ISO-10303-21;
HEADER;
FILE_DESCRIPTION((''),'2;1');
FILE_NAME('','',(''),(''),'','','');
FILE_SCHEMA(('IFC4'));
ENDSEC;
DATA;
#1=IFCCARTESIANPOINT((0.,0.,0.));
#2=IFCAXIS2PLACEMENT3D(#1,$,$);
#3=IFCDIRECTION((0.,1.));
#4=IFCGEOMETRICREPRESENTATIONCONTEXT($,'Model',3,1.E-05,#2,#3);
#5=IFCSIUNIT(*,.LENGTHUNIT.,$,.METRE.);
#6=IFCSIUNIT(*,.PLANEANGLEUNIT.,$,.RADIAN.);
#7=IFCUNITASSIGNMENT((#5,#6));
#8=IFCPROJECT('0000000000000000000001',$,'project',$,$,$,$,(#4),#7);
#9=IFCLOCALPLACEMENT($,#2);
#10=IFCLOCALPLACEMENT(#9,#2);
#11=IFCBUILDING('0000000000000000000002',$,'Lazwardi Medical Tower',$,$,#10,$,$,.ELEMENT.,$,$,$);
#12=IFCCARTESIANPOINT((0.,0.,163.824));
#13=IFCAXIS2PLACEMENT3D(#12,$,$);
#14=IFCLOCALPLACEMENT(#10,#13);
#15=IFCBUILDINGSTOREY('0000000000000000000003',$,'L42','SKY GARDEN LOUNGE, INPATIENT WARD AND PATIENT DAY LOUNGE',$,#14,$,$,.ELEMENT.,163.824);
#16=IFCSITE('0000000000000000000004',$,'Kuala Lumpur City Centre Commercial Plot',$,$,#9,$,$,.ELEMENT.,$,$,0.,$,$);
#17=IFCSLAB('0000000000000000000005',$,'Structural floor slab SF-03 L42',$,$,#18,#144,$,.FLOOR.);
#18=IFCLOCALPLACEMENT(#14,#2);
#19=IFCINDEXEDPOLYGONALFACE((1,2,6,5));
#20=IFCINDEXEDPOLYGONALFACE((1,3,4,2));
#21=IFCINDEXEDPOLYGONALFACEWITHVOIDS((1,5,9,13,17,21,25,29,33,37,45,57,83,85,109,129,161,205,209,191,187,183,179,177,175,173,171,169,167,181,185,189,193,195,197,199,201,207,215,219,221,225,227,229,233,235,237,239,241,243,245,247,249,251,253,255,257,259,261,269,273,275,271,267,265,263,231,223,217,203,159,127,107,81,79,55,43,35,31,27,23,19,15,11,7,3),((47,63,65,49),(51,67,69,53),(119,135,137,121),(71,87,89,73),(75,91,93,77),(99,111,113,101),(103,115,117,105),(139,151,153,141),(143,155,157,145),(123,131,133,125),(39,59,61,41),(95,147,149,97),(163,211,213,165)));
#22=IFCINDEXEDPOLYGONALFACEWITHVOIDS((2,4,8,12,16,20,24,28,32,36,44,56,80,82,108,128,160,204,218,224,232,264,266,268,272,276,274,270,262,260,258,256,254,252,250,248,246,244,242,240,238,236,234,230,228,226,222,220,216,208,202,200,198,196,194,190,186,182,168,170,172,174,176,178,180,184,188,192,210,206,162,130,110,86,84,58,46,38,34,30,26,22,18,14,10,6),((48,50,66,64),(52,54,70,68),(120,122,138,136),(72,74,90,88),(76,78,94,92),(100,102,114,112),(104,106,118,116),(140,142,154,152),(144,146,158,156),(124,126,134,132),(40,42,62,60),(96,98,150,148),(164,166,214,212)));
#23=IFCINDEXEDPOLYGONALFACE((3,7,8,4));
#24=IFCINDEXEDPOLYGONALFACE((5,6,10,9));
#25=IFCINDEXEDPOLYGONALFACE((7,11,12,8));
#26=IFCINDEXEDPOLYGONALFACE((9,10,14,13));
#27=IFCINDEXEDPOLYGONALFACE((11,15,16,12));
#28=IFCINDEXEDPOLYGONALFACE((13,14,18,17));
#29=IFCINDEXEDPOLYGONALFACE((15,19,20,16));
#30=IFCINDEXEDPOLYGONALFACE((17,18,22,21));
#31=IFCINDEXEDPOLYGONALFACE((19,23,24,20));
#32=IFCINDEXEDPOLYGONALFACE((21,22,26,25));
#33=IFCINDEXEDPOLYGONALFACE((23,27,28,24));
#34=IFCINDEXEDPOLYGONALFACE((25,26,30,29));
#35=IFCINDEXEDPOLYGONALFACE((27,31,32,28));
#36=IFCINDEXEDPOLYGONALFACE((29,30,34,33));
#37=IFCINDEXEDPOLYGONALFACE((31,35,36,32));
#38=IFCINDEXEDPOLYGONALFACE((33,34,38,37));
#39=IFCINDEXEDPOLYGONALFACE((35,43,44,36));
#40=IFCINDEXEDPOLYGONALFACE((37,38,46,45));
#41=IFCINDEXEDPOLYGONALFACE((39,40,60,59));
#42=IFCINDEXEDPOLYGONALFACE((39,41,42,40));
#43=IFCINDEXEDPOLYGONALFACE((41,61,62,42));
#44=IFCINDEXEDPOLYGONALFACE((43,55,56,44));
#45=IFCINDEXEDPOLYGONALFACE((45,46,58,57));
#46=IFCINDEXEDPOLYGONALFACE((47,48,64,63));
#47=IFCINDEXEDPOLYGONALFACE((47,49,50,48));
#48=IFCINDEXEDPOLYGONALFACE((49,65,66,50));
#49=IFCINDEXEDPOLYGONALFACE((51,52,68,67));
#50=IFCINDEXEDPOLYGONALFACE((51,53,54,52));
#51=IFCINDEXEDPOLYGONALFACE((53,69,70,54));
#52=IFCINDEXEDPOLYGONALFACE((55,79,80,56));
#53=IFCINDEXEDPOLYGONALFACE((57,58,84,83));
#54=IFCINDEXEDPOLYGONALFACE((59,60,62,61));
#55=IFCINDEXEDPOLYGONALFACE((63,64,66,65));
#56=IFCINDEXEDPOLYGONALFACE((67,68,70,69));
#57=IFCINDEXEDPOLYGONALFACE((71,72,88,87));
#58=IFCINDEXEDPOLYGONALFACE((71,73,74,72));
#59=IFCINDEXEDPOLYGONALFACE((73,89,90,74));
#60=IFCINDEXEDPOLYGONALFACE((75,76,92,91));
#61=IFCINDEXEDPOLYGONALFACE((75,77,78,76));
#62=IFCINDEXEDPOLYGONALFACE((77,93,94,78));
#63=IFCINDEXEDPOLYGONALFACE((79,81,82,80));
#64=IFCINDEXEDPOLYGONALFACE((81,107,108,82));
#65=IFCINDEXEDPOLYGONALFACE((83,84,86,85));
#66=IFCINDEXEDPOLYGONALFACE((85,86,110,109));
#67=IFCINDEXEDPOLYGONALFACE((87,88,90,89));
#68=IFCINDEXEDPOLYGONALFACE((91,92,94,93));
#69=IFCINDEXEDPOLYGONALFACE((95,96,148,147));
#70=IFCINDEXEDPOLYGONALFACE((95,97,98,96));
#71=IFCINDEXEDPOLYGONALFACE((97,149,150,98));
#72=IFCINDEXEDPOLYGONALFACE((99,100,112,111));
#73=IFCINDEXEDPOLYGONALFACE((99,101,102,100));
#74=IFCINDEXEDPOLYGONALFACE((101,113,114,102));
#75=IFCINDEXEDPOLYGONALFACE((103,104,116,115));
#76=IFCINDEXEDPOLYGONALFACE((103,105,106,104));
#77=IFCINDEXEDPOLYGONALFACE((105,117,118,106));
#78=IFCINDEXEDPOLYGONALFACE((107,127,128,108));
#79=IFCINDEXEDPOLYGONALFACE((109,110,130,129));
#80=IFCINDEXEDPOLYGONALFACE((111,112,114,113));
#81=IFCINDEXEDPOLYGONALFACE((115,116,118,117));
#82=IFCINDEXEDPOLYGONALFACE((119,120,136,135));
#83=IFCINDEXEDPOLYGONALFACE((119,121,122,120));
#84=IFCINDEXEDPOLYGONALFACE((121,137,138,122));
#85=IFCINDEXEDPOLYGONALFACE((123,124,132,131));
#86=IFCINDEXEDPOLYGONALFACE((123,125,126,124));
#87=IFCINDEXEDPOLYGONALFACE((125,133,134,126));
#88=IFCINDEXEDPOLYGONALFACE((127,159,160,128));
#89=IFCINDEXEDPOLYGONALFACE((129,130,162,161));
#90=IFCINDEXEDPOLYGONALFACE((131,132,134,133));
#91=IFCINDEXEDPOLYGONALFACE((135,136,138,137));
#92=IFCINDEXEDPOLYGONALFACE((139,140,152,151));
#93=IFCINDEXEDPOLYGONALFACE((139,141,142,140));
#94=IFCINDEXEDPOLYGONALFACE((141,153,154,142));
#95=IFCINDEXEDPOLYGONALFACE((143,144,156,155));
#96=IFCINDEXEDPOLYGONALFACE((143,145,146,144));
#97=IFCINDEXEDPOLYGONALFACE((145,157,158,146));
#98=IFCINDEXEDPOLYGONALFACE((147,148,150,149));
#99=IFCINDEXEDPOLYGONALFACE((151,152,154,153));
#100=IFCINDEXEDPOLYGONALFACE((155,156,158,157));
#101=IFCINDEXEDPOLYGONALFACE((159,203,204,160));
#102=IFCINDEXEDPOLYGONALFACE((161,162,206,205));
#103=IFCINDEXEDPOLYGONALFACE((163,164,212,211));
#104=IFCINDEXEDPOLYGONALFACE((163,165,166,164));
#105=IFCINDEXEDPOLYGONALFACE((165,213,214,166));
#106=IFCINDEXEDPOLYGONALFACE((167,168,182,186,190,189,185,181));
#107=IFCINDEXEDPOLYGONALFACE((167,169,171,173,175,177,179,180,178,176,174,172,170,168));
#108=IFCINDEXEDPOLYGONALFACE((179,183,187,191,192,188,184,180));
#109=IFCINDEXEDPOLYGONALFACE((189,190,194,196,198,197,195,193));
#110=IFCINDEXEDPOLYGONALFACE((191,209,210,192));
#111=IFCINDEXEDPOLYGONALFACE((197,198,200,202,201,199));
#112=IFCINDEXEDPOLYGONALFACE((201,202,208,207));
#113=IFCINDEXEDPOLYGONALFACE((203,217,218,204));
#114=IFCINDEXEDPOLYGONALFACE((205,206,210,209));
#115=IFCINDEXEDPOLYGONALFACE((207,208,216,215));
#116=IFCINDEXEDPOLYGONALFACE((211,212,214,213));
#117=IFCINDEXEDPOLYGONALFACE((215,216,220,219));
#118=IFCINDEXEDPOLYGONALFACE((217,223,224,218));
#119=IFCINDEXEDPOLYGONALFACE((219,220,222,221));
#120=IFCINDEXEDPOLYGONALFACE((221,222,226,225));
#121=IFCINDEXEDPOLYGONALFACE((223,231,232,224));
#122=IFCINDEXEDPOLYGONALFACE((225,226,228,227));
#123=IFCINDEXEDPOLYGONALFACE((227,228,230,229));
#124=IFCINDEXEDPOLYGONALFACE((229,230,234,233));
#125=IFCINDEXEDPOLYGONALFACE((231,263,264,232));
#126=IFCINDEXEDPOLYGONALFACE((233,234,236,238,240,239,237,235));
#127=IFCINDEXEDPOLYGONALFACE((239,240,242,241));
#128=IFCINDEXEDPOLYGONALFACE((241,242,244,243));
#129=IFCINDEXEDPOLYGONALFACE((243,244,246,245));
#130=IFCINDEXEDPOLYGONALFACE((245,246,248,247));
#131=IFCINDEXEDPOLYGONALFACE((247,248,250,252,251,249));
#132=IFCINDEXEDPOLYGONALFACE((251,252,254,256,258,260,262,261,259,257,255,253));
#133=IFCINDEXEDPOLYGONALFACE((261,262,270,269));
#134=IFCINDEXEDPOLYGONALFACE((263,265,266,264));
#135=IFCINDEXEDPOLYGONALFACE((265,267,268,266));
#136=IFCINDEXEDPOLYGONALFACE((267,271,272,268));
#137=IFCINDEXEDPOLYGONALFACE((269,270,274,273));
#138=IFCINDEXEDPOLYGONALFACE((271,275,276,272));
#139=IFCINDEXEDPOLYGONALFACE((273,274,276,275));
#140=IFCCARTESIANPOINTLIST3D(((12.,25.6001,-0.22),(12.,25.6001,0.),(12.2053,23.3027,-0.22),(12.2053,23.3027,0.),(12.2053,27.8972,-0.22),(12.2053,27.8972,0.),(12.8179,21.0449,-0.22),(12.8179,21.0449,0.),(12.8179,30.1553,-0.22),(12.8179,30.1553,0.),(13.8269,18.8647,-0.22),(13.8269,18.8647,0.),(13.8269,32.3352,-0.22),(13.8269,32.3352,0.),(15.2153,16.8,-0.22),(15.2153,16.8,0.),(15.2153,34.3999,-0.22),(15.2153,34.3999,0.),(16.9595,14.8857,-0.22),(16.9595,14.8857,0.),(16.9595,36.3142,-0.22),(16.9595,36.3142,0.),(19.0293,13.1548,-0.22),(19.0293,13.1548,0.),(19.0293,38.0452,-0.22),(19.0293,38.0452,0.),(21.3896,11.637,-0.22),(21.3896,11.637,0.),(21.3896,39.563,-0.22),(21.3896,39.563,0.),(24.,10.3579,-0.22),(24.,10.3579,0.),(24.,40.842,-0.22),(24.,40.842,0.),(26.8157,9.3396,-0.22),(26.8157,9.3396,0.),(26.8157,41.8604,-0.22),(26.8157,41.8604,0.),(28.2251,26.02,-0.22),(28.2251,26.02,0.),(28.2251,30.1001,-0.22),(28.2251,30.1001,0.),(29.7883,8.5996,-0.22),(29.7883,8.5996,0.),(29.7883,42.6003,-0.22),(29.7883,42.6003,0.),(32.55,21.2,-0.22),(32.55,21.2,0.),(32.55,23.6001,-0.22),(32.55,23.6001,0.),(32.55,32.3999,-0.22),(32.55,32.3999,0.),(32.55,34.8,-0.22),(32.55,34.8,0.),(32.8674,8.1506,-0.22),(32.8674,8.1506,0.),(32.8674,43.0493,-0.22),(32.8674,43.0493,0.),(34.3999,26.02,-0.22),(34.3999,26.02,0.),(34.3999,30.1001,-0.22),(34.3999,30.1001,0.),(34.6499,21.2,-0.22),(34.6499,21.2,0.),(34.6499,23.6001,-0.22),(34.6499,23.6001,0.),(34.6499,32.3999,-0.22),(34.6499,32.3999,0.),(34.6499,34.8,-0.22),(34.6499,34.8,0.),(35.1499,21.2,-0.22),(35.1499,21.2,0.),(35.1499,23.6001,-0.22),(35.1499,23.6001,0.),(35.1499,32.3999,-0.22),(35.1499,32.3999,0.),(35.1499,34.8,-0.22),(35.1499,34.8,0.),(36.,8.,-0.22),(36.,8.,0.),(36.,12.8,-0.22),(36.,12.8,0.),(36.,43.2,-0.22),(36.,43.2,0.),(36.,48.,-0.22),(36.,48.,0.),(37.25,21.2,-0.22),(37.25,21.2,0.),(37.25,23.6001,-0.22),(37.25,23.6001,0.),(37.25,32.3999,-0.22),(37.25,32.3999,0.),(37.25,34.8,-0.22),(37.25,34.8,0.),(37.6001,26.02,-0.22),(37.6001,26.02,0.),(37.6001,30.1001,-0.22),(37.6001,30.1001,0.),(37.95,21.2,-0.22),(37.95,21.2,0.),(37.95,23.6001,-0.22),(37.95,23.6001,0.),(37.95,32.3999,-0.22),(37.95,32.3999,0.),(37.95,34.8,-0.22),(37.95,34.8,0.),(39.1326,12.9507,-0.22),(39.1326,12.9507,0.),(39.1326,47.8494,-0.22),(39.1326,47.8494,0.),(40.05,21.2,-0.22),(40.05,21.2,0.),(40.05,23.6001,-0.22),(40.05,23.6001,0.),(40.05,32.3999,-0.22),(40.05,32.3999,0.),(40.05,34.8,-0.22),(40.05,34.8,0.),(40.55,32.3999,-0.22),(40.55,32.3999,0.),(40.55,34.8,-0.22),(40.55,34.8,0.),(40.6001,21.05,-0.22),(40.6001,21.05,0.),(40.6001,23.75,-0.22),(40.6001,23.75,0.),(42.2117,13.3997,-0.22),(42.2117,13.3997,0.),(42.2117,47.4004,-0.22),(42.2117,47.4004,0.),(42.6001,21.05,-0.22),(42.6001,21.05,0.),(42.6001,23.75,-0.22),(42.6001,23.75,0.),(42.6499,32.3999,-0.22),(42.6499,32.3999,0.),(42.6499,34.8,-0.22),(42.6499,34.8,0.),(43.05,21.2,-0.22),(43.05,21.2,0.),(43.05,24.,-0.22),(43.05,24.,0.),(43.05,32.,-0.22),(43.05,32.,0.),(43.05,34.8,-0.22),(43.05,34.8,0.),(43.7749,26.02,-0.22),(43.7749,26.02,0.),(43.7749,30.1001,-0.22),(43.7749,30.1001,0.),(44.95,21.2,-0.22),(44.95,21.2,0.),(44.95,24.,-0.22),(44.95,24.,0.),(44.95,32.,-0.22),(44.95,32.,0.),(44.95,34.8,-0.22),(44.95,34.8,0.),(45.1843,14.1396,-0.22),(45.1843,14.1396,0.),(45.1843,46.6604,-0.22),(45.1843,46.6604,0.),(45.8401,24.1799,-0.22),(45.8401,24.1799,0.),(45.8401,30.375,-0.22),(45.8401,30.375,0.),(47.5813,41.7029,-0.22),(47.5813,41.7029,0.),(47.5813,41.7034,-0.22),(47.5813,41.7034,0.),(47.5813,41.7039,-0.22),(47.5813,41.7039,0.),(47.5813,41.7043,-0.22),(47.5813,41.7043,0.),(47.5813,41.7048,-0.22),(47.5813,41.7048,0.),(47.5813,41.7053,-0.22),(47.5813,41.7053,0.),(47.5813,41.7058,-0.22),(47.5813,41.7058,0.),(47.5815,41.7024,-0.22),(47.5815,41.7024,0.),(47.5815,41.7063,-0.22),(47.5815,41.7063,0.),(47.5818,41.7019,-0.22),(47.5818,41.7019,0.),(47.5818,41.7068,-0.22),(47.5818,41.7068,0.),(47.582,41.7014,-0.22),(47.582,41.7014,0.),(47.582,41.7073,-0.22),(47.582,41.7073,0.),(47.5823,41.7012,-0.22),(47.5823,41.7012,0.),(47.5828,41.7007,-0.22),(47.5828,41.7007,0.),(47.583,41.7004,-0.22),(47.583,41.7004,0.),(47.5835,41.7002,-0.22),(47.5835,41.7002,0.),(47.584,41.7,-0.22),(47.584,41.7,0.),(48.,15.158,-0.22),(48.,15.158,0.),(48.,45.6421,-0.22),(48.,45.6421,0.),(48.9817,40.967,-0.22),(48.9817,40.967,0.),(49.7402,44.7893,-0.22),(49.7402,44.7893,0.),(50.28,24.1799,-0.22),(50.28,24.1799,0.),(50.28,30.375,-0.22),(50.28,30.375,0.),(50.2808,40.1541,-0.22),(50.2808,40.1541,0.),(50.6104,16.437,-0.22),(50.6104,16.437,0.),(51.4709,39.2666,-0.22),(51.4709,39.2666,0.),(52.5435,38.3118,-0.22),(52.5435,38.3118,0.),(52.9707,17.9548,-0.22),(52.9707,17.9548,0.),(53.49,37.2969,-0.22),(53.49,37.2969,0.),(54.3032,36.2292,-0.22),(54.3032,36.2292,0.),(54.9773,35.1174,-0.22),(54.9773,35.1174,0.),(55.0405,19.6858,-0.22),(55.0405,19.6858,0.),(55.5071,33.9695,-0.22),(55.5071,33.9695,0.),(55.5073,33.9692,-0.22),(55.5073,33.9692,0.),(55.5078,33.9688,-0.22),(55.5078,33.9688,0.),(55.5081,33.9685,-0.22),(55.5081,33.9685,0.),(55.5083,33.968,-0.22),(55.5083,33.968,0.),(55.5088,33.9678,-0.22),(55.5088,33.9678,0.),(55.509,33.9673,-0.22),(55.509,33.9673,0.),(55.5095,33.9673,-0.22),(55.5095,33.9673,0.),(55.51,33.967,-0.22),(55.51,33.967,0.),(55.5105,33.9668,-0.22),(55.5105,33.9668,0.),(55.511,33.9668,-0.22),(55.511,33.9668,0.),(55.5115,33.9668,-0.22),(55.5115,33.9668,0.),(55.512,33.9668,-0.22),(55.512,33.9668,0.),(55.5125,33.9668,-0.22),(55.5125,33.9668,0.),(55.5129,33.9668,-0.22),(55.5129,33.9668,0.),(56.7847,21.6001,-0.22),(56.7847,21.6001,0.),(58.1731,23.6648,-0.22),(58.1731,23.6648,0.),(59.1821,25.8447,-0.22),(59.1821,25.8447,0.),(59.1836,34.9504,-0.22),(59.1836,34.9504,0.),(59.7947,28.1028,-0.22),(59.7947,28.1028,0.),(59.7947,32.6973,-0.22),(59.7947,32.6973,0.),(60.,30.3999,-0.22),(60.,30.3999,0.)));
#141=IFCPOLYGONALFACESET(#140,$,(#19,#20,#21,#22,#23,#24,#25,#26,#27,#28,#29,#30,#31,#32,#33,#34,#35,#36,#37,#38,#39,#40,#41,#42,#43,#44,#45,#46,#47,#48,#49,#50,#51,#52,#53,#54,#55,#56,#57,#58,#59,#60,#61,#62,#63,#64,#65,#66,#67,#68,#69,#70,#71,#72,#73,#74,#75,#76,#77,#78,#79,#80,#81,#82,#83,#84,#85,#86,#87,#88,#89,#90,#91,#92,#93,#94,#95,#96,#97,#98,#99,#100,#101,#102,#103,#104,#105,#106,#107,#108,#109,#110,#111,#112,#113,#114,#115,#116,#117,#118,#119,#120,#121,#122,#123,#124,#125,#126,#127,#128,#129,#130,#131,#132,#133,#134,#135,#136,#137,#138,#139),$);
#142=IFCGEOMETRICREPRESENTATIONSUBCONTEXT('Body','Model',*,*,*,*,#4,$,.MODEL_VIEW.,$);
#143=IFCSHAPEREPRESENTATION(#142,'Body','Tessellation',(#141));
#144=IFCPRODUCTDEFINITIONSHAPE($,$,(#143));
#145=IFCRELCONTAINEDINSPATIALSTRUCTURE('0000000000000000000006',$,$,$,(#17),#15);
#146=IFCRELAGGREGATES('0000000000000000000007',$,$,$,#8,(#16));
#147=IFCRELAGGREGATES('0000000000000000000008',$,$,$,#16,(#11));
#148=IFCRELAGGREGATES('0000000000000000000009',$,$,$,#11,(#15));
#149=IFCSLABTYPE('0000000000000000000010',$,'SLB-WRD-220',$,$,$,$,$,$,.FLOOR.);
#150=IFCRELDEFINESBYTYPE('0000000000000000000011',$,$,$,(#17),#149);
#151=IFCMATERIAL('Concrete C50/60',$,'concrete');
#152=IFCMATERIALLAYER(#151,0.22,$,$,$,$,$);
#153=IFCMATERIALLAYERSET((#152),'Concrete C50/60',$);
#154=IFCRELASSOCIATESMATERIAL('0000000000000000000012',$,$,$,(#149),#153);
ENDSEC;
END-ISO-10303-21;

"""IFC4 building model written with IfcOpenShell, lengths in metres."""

from ifc_helpers import new_model, si_unit, direction, frame, origin, place, context, subcontext, project, spatial, polyline, outline, extrude, material, layer, layer_set, type_object, element, save


model = new_model("IFC4")

# Units and contexts
model_context = context("Model", 3, precision=1e-05, world=origin(), true_north=direction((0.0, 1.0)))
body_context = subcontext(model_context, "Body", "Model", "MODEL_VIEW")
ifc_project = project(units=[si_unit("LENGTHUNIT", "METRE"), si_unit("PLANEANGLEUNIT", "RADIAN")], contexts=[model_context])

# Site, building, storey
site_placement = place(None, origin())
site = spatial("IfcSite", under=ifc_project, at=site_placement, Name="Kuala Lumpur City Centre Commercial Plot", CompositionType="ELEMENT", RefElevation=0.0)
building_placement = place(site_placement, origin())
building = spatial("IfcBuilding", under=site, at=building_placement, Name="Lazwardi Medical Tower", CompositionType="ELEMENT")
storey_placement = place(building_placement, frame((0.0, 0.0, 163.824)))
storey = spatial("IfcBuildingStorey", under=building, at=storey_placement, Name="L42", Description="SKY GARDEN LOUNGE, INPATIENT WARD AND PATIENT DAY LOUNGE", CompositionType="ELEMENT", Elevation=163.824)

# Slab
ifc_material_1 = material(Name="Concrete C50/60", Category="concrete")
ifc_layer_1 = layer(ifc_material_1, 0.22)
ifc_layer_set_1 = layer_set([ifc_layer_1], Name="Concrete C50/60")
slab_type_1 = type_object("IfcSlabType", Name="SLB-WRD-220", PredefinedType="FLOOR", material=ifc_layer_set_1)
slab_1_placement = place(storey_placement, frame((0.0, 0.0, -0.22)))
element("IfcSlab", 1, at=slab_1_placement, inside=storey, type_object=slab_type_1, Name="Structural floor slab SF-03 L42", PredefinedType="FLOOR", context=body_context, shape_type="SweptSolid", body=[
    extrude(outline(polyline([(39.1326, 12.9507), (42.2117, 13.3997), (45.1843, 14.1396), (48.0, 15.158), (50.6104, 16.437), (52.9707, 17.9548), (55.0405, 19.6858), (56.7847, 21.6001), (58.1731, 23.6648), (59.1821, 25.8447), (59.7947, 28.1028), (60.0, 30.3999), (59.7947, 32.6973), (59.1836, 34.9504), (59.1836, 34.9504), (55.5129, 33.9668), (55.5125, 33.9668), (55.512, 33.9668), (55.5115, 33.9668), (55.511, 33.9668), (55.5105, 33.9668), (55.51, 33.967), (55.5095, 33.9673), (55.509, 33.9673), (55.5088, 33.9678), (55.5083, 33.968), (55.5081, 33.9685), (55.5078, 33.9688), (55.5073, 33.9692), (55.5071, 33.9695), (54.9773, 35.1174), (54.3032, 36.2292), (53.49, 37.2969), (52.5435, 38.3118), (51.4709, 39.2666), (50.2808, 40.1541), (48.9817, 40.967), (47.584, 41.7), (47.5835, 41.7002), (47.583, 41.7004), (47.5828, 41.7007), (47.5823, 41.7012), (47.582, 41.7014), (47.5818, 41.7019), (47.5815, 41.7024), (47.5813, 41.7029), (47.5813, 41.7034), (47.5813, 41.7039), (47.5813, 41.7043), (47.5813, 41.7048), (47.5813, 41.7053), (47.5813, 41.7058), (47.5815, 41.7063), (47.5818, 41.7068), (47.582, 41.7073), (49.7402, 44.7893), (48.0, 45.6421), (45.1843, 46.6604), (42.2117, 47.4004), (39.1326, 47.8494), (36.0, 48.0), (36.0, 43.2), (32.8674, 43.0493), (29.7883, 42.6003), (26.8157, 41.8604), (24.0, 40.842), (21.3896, 39.563), (19.0293, 38.0452), (16.9595, 36.3142), (15.2153, 34.3999), (13.8269, 32.3352), (12.8179, 30.1553), (12.2053, 27.8972), (12.0, 25.6001), (12.2053, 23.3027), (12.8179, 21.0449), (13.8269, 18.8647), (15.2153, 16.8), (16.9595, 14.8857), (19.0293, 13.1548), (21.3896, 11.637), (24.0, 10.3579), (26.8157, 9.3396), (29.7883, 8.5996), (32.8674, 8.1506), (36.0, 8.0), (36.0, 12.8), (39.1326, 12.9507)]), holes=[polyline([(28.2251, 26.02), (28.2251, 30.1001), (34.3999, 30.1001), (34.3999, 26.02), (28.2251, 26.02)]), polyline([(37.6001, 30.1001), (43.7749, 30.1001), (43.7749, 26.02), (37.6001, 26.02), (37.6001, 30.1001)]), polyline([(50.28, 30.375), (50.28, 24.1799), (45.8401, 24.1799), (45.8401, 30.375), (50.28, 30.375)]), polyline([(34.6499, 32.3999), (32.55, 32.3999), (32.55, 34.8), (34.6499, 34.8), (34.6499, 32.3999)]), polyline([(35.1499, 32.3999), (35.1499, 34.8), (37.25, 34.8), (37.25, 32.3999), (35.1499, 32.3999)]), polyline([(32.55, 23.6001), (34.6499, 23.6001), (34.6499, 21.2), (32.55, 21.2), (32.55, 23.6001)]), polyline([(37.25, 23.6001), (37.25, 21.2), (35.1499, 21.2), (35.1499, 23.6001), (37.25, 23.6001)]), polyline([(40.05, 32.3999), (37.95, 32.3999), (37.95, 34.8), (40.05, 34.8), (40.05, 32.3999)]), polyline([(40.55, 32.3999), (40.55, 34.8), (42.6499, 34.8), (42.6499, 32.3999), (40.55, 32.3999)]), polyline([(37.95, 23.6001), (40.05, 23.6001), (40.05, 21.2), (37.95, 21.2), (37.95, 23.6001)]), polyline([(44.95, 34.8), (44.95, 32.0), (43.05, 32.0), (43.05, 34.8), (44.95, 34.8)]), polyline([(44.95, 21.2), (43.05, 21.2), (43.05, 24.0), (44.95, 24.0), (44.95, 21.2)]), polyline([(40.6001, 21.05), (40.6001, 23.75), (42.6001, 23.75), (42.6001, 21.05), (40.6001, 21.05)])]), origin(), (0.0, 0.0, 1.0), 0.22),
])

save(model, "model.ifc")
